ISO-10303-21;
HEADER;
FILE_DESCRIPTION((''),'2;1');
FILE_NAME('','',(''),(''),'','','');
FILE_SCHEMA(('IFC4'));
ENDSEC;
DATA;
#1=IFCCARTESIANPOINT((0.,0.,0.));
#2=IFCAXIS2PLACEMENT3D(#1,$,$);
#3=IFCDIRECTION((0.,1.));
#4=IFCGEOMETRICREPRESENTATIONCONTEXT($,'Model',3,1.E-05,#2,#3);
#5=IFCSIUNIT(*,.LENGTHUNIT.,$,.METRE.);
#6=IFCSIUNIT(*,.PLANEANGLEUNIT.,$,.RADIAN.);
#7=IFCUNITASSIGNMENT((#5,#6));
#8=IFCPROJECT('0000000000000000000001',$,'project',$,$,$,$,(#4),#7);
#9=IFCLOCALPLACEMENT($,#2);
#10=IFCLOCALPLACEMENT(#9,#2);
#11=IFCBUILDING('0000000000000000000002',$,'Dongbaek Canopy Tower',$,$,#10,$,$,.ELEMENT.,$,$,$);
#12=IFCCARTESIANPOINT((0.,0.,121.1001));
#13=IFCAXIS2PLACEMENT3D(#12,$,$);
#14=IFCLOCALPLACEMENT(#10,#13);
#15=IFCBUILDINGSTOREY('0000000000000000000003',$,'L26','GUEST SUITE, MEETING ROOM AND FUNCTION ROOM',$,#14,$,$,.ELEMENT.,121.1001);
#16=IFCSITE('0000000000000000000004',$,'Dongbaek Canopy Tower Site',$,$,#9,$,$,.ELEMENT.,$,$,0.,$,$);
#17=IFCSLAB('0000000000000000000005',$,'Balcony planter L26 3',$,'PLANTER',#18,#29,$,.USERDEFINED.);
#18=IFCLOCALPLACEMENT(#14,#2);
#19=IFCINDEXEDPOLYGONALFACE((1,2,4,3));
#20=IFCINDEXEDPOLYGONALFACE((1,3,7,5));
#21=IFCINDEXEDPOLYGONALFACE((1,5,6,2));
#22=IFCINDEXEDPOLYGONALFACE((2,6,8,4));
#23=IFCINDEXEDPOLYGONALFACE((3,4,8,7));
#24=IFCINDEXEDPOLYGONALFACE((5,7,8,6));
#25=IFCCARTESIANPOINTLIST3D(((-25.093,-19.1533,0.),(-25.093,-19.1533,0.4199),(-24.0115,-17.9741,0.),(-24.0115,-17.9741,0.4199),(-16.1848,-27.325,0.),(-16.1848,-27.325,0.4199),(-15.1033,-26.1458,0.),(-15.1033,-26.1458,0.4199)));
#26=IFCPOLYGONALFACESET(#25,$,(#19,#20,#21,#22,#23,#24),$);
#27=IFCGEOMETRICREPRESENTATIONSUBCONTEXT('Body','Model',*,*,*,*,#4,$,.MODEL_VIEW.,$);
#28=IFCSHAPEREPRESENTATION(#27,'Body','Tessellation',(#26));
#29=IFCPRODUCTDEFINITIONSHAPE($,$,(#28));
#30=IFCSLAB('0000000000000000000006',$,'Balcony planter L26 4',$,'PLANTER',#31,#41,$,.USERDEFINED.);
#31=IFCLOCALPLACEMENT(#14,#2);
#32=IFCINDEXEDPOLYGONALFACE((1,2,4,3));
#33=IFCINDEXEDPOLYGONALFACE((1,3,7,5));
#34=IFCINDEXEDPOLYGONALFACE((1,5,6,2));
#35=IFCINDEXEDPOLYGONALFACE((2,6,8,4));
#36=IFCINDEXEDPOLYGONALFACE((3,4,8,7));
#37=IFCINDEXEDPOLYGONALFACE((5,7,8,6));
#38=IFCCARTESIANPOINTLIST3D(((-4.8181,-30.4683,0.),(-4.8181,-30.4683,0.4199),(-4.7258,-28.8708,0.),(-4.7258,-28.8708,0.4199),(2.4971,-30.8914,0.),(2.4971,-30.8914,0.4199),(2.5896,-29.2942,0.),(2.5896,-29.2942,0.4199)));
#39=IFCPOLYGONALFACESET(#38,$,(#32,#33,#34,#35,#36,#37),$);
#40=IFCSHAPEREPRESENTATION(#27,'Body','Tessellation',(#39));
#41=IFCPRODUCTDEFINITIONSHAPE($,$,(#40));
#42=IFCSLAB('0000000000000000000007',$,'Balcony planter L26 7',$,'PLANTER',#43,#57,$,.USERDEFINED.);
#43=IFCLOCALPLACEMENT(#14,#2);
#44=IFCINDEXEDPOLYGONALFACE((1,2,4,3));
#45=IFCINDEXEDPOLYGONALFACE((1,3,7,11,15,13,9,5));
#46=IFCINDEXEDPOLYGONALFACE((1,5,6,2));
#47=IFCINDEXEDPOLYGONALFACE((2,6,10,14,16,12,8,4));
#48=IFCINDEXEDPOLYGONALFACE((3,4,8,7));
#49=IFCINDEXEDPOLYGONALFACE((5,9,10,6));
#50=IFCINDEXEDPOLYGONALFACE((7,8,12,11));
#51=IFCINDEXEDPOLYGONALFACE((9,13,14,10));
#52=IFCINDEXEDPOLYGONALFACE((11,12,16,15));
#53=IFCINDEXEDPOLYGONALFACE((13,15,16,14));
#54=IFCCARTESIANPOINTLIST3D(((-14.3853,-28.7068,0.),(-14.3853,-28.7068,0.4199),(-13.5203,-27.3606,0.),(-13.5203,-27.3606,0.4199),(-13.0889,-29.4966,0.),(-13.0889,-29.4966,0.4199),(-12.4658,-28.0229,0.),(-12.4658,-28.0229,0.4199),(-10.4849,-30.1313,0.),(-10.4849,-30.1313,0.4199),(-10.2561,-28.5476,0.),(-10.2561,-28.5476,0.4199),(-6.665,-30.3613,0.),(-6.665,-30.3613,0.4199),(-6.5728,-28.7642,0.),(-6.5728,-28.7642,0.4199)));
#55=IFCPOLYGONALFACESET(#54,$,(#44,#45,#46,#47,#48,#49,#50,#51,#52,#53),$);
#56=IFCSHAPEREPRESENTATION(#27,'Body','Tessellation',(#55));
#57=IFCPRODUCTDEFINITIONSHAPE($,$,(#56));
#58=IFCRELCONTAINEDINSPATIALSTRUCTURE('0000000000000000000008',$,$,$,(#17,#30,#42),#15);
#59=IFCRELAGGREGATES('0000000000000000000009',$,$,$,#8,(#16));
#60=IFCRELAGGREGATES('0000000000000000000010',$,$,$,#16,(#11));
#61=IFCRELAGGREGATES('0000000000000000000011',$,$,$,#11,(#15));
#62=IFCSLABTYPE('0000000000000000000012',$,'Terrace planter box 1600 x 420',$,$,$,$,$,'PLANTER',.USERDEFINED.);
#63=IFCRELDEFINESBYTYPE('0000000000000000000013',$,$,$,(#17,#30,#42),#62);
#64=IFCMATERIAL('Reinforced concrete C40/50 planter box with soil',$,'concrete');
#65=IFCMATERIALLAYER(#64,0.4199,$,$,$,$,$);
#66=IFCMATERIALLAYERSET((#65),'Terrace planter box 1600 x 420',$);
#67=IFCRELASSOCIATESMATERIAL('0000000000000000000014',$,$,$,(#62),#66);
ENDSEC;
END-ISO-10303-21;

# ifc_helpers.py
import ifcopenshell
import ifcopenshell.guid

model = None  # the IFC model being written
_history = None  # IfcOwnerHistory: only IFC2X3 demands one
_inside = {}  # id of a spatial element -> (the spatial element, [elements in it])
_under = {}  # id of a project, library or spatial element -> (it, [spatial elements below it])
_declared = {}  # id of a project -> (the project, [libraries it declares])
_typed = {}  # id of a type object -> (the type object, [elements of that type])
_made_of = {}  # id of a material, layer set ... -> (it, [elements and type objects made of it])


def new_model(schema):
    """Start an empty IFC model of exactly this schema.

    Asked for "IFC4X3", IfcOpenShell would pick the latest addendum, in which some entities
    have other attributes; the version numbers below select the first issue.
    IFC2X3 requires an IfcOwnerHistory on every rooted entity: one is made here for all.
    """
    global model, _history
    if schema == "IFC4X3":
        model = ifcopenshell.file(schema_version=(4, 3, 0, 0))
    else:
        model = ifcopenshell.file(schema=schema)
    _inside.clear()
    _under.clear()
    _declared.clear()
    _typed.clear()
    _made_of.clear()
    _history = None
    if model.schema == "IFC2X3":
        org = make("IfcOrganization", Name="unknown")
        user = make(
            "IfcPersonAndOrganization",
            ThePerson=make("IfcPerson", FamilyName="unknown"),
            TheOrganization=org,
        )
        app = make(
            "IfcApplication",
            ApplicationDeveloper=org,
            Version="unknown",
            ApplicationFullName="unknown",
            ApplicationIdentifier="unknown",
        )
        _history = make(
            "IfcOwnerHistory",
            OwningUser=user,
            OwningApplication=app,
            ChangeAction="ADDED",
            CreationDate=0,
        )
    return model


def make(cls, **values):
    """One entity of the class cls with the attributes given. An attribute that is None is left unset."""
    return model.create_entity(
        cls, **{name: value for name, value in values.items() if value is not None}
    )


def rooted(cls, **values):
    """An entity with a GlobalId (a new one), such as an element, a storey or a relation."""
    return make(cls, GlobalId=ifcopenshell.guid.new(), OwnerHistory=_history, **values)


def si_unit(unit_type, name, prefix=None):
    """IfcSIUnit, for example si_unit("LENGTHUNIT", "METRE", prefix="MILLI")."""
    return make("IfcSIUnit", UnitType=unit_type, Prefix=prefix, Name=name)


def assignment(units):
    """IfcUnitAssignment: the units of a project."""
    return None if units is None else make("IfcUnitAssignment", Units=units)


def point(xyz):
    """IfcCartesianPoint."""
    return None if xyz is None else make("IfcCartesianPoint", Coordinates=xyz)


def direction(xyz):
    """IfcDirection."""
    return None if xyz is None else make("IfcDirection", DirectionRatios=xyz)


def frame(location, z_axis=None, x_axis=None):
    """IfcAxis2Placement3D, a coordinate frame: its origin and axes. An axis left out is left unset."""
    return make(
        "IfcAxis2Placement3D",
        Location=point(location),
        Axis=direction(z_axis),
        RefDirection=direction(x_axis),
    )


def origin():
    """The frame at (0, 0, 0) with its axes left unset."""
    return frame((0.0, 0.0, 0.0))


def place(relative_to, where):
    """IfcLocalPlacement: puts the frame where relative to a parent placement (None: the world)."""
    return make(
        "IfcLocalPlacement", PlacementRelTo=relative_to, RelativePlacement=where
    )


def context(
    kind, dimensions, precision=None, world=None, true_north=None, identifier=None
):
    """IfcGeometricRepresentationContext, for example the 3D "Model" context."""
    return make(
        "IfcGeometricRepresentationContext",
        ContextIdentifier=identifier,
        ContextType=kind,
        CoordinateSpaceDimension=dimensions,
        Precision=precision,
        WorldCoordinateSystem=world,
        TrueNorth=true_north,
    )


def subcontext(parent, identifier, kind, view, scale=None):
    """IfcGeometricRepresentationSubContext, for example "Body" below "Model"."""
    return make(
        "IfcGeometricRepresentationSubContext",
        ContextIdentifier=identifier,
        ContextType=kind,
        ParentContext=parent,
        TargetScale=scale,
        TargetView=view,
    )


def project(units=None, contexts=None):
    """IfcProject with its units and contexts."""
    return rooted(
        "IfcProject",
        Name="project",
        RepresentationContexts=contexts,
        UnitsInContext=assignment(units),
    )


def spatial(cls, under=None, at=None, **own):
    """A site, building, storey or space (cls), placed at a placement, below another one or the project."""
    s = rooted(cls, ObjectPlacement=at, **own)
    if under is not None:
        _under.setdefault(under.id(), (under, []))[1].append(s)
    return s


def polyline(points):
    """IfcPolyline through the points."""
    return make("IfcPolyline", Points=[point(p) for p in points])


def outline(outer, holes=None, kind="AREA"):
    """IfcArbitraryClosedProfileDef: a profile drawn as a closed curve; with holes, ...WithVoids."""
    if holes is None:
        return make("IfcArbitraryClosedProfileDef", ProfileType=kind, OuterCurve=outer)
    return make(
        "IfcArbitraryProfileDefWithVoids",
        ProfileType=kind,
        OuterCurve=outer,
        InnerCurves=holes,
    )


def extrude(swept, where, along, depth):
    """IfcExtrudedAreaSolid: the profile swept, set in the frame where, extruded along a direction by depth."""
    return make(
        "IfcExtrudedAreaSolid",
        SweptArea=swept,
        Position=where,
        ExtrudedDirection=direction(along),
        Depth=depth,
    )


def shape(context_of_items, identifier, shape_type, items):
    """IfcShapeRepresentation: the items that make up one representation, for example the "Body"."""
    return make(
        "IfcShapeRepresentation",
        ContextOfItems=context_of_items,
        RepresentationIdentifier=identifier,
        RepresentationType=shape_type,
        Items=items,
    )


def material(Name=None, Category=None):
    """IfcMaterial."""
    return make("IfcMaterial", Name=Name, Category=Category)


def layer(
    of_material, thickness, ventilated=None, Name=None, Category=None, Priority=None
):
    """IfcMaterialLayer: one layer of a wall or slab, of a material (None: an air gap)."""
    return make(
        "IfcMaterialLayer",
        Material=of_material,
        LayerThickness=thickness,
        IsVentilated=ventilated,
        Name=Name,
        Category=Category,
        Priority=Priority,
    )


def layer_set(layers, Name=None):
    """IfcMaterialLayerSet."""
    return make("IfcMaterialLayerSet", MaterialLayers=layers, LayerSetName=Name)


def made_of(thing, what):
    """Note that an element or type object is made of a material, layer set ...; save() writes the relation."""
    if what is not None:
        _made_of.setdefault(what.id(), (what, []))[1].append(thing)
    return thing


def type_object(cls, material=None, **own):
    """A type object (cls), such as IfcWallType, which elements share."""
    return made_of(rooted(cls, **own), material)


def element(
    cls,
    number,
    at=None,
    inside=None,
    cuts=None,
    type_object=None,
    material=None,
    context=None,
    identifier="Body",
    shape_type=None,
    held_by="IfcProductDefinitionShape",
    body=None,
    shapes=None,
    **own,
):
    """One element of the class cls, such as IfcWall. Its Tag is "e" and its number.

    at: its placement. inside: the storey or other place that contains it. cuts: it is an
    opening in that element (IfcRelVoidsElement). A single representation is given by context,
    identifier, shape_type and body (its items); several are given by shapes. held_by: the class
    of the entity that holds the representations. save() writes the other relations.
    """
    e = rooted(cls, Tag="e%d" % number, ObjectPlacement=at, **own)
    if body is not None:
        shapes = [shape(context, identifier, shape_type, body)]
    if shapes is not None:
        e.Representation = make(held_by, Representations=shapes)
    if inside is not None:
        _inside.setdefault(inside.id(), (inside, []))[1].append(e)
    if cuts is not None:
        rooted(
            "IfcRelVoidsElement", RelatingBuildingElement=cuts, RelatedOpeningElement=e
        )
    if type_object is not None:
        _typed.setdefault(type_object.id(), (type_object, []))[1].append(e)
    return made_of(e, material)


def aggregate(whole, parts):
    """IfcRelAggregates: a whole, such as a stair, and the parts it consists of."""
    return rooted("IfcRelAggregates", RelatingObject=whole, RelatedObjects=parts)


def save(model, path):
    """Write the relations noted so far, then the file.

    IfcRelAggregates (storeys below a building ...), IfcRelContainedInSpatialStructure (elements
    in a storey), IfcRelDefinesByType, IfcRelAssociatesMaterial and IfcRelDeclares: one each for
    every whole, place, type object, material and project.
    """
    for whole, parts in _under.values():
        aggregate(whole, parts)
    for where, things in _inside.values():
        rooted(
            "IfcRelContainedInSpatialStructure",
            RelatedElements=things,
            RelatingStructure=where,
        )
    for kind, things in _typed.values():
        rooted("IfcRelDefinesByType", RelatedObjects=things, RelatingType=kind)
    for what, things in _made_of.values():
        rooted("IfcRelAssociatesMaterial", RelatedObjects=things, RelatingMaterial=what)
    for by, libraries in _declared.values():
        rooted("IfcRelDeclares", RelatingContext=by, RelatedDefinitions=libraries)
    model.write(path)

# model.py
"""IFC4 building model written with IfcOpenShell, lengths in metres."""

from ifc_helpers import new_model, si_unit, direction, frame, origin, place, context, subcontext, project, spatial, polyline, outline, extrude, material, layer, layer_set, type_object, element, save


model = new_model("IFC4")

# Units and contexts
model_context = context("Model", 3, precision=1e-05, world=origin(), true_north=direction((0.0, 1.0)))
body_context = subcontext(model_context, "Body", "Model", "MODEL_VIEW")
ifc_project = project(units=[si_unit("LENGTHUNIT", "METRE"), si_unit("PLANEANGLEUNIT", "RADIAN")], contexts=[model_context])

# Site, building, storey
site_placement = place(None, origin())
site = spatial("IfcSite", under=ifc_project, at=site_placement, Name="Dongbaek Canopy Tower Site", CompositionType="ELEMENT", RefElevation=0.0)
building_placement = place(site_placement, origin())
building = spatial("IfcBuilding", under=site, at=building_placement, Name="Dongbaek Canopy Tower", CompositionType="ELEMENT")
storey_placement = place(building_placement, frame((0.0, 0.0, 121.1001)))
storey = spatial("IfcBuildingStorey", under=building, at=storey_placement, Name="L26", Description="GUEST SUITE, MEETING ROOM AND FUNCTION ROOM", CompositionType="ELEMENT", Elevation=121.1001)

# Slabs
ifc_material_1 = material(Name="Reinforced concrete C40/50 planter box with soil", Category="concrete")
ifc_layer_1 = layer(ifc_material_1, 0.4199)
ifc_layer_set_1 = layer_set([ifc_layer_1], Name="Terrace planter box 1600 x 420")
slab_type_1 = type_object("IfcSlabType", Name="Terrace planter box 1600 x 420", ElementType="PLANTER", PredefinedType="USERDEFINED", material=ifc_layer_set_1)
slab_1_placement = place(storey_placement, origin())
element("IfcSlab", 1, at=slab_1_placement, inside=storey, type_object=slab_type_1, Name="Balcony planter L26 3", ObjectType="PLANTER", PredefinedType="USERDEFINED", context=body_context, shape_type="SweptSolid", body=[
    extrude(outline(polyline([(-24.0115, -17.9741), (-15.1033, -26.1458), (-16.1848, -27.325), (-25.093, -19.1533), (-24.0115, -17.9741)])), origin(), (0.0, 0.0, 1.0), 0.4199),
])
slab_2_placement = place(storey_placement, origin())
element("IfcSlab", 2, at=slab_2_placement, inside=storey, type_object=slab_type_1, Name="Balcony planter L26 4", ObjectType="PLANTER", PredefinedType="USERDEFINED", context=body_context, shape_type="SweptSolid", body=[
    extrude(outline(polyline([(-4.7258, -28.8708), (2.5896, -29.2942), (2.4971, -30.8914), (-4.8181, -30.4683), (-4.7258, -28.8708)])), origin(), (0.0, 0.0, 1.0), 0.4199),
])
slab_3_placement = place(storey_placement, origin())
element("IfcSlab", 3, at=slab_3_placement, inside=storey, type_object=slab_type_1, Name="Balcony planter L26 7", ObjectType="PLANTER", PredefinedType="USERDEFINED", context=body_context, shape_type="SweptSolid", body=[
    extrude(outline(polyline([(-13.5203, -27.3606), (-12.4658, -28.0229), (-10.2561, -28.5476), (-6.5728, -28.7642), (-6.665, -30.3613), (-10.4849, -30.1313), (-13.0889, -29.4966), (-14.3853, -28.7068), (-13.5203, -27.3606)])), origin(), (0.0, 0.0, 1.0), 0.4199),
])

save(model, "model.ifc")
